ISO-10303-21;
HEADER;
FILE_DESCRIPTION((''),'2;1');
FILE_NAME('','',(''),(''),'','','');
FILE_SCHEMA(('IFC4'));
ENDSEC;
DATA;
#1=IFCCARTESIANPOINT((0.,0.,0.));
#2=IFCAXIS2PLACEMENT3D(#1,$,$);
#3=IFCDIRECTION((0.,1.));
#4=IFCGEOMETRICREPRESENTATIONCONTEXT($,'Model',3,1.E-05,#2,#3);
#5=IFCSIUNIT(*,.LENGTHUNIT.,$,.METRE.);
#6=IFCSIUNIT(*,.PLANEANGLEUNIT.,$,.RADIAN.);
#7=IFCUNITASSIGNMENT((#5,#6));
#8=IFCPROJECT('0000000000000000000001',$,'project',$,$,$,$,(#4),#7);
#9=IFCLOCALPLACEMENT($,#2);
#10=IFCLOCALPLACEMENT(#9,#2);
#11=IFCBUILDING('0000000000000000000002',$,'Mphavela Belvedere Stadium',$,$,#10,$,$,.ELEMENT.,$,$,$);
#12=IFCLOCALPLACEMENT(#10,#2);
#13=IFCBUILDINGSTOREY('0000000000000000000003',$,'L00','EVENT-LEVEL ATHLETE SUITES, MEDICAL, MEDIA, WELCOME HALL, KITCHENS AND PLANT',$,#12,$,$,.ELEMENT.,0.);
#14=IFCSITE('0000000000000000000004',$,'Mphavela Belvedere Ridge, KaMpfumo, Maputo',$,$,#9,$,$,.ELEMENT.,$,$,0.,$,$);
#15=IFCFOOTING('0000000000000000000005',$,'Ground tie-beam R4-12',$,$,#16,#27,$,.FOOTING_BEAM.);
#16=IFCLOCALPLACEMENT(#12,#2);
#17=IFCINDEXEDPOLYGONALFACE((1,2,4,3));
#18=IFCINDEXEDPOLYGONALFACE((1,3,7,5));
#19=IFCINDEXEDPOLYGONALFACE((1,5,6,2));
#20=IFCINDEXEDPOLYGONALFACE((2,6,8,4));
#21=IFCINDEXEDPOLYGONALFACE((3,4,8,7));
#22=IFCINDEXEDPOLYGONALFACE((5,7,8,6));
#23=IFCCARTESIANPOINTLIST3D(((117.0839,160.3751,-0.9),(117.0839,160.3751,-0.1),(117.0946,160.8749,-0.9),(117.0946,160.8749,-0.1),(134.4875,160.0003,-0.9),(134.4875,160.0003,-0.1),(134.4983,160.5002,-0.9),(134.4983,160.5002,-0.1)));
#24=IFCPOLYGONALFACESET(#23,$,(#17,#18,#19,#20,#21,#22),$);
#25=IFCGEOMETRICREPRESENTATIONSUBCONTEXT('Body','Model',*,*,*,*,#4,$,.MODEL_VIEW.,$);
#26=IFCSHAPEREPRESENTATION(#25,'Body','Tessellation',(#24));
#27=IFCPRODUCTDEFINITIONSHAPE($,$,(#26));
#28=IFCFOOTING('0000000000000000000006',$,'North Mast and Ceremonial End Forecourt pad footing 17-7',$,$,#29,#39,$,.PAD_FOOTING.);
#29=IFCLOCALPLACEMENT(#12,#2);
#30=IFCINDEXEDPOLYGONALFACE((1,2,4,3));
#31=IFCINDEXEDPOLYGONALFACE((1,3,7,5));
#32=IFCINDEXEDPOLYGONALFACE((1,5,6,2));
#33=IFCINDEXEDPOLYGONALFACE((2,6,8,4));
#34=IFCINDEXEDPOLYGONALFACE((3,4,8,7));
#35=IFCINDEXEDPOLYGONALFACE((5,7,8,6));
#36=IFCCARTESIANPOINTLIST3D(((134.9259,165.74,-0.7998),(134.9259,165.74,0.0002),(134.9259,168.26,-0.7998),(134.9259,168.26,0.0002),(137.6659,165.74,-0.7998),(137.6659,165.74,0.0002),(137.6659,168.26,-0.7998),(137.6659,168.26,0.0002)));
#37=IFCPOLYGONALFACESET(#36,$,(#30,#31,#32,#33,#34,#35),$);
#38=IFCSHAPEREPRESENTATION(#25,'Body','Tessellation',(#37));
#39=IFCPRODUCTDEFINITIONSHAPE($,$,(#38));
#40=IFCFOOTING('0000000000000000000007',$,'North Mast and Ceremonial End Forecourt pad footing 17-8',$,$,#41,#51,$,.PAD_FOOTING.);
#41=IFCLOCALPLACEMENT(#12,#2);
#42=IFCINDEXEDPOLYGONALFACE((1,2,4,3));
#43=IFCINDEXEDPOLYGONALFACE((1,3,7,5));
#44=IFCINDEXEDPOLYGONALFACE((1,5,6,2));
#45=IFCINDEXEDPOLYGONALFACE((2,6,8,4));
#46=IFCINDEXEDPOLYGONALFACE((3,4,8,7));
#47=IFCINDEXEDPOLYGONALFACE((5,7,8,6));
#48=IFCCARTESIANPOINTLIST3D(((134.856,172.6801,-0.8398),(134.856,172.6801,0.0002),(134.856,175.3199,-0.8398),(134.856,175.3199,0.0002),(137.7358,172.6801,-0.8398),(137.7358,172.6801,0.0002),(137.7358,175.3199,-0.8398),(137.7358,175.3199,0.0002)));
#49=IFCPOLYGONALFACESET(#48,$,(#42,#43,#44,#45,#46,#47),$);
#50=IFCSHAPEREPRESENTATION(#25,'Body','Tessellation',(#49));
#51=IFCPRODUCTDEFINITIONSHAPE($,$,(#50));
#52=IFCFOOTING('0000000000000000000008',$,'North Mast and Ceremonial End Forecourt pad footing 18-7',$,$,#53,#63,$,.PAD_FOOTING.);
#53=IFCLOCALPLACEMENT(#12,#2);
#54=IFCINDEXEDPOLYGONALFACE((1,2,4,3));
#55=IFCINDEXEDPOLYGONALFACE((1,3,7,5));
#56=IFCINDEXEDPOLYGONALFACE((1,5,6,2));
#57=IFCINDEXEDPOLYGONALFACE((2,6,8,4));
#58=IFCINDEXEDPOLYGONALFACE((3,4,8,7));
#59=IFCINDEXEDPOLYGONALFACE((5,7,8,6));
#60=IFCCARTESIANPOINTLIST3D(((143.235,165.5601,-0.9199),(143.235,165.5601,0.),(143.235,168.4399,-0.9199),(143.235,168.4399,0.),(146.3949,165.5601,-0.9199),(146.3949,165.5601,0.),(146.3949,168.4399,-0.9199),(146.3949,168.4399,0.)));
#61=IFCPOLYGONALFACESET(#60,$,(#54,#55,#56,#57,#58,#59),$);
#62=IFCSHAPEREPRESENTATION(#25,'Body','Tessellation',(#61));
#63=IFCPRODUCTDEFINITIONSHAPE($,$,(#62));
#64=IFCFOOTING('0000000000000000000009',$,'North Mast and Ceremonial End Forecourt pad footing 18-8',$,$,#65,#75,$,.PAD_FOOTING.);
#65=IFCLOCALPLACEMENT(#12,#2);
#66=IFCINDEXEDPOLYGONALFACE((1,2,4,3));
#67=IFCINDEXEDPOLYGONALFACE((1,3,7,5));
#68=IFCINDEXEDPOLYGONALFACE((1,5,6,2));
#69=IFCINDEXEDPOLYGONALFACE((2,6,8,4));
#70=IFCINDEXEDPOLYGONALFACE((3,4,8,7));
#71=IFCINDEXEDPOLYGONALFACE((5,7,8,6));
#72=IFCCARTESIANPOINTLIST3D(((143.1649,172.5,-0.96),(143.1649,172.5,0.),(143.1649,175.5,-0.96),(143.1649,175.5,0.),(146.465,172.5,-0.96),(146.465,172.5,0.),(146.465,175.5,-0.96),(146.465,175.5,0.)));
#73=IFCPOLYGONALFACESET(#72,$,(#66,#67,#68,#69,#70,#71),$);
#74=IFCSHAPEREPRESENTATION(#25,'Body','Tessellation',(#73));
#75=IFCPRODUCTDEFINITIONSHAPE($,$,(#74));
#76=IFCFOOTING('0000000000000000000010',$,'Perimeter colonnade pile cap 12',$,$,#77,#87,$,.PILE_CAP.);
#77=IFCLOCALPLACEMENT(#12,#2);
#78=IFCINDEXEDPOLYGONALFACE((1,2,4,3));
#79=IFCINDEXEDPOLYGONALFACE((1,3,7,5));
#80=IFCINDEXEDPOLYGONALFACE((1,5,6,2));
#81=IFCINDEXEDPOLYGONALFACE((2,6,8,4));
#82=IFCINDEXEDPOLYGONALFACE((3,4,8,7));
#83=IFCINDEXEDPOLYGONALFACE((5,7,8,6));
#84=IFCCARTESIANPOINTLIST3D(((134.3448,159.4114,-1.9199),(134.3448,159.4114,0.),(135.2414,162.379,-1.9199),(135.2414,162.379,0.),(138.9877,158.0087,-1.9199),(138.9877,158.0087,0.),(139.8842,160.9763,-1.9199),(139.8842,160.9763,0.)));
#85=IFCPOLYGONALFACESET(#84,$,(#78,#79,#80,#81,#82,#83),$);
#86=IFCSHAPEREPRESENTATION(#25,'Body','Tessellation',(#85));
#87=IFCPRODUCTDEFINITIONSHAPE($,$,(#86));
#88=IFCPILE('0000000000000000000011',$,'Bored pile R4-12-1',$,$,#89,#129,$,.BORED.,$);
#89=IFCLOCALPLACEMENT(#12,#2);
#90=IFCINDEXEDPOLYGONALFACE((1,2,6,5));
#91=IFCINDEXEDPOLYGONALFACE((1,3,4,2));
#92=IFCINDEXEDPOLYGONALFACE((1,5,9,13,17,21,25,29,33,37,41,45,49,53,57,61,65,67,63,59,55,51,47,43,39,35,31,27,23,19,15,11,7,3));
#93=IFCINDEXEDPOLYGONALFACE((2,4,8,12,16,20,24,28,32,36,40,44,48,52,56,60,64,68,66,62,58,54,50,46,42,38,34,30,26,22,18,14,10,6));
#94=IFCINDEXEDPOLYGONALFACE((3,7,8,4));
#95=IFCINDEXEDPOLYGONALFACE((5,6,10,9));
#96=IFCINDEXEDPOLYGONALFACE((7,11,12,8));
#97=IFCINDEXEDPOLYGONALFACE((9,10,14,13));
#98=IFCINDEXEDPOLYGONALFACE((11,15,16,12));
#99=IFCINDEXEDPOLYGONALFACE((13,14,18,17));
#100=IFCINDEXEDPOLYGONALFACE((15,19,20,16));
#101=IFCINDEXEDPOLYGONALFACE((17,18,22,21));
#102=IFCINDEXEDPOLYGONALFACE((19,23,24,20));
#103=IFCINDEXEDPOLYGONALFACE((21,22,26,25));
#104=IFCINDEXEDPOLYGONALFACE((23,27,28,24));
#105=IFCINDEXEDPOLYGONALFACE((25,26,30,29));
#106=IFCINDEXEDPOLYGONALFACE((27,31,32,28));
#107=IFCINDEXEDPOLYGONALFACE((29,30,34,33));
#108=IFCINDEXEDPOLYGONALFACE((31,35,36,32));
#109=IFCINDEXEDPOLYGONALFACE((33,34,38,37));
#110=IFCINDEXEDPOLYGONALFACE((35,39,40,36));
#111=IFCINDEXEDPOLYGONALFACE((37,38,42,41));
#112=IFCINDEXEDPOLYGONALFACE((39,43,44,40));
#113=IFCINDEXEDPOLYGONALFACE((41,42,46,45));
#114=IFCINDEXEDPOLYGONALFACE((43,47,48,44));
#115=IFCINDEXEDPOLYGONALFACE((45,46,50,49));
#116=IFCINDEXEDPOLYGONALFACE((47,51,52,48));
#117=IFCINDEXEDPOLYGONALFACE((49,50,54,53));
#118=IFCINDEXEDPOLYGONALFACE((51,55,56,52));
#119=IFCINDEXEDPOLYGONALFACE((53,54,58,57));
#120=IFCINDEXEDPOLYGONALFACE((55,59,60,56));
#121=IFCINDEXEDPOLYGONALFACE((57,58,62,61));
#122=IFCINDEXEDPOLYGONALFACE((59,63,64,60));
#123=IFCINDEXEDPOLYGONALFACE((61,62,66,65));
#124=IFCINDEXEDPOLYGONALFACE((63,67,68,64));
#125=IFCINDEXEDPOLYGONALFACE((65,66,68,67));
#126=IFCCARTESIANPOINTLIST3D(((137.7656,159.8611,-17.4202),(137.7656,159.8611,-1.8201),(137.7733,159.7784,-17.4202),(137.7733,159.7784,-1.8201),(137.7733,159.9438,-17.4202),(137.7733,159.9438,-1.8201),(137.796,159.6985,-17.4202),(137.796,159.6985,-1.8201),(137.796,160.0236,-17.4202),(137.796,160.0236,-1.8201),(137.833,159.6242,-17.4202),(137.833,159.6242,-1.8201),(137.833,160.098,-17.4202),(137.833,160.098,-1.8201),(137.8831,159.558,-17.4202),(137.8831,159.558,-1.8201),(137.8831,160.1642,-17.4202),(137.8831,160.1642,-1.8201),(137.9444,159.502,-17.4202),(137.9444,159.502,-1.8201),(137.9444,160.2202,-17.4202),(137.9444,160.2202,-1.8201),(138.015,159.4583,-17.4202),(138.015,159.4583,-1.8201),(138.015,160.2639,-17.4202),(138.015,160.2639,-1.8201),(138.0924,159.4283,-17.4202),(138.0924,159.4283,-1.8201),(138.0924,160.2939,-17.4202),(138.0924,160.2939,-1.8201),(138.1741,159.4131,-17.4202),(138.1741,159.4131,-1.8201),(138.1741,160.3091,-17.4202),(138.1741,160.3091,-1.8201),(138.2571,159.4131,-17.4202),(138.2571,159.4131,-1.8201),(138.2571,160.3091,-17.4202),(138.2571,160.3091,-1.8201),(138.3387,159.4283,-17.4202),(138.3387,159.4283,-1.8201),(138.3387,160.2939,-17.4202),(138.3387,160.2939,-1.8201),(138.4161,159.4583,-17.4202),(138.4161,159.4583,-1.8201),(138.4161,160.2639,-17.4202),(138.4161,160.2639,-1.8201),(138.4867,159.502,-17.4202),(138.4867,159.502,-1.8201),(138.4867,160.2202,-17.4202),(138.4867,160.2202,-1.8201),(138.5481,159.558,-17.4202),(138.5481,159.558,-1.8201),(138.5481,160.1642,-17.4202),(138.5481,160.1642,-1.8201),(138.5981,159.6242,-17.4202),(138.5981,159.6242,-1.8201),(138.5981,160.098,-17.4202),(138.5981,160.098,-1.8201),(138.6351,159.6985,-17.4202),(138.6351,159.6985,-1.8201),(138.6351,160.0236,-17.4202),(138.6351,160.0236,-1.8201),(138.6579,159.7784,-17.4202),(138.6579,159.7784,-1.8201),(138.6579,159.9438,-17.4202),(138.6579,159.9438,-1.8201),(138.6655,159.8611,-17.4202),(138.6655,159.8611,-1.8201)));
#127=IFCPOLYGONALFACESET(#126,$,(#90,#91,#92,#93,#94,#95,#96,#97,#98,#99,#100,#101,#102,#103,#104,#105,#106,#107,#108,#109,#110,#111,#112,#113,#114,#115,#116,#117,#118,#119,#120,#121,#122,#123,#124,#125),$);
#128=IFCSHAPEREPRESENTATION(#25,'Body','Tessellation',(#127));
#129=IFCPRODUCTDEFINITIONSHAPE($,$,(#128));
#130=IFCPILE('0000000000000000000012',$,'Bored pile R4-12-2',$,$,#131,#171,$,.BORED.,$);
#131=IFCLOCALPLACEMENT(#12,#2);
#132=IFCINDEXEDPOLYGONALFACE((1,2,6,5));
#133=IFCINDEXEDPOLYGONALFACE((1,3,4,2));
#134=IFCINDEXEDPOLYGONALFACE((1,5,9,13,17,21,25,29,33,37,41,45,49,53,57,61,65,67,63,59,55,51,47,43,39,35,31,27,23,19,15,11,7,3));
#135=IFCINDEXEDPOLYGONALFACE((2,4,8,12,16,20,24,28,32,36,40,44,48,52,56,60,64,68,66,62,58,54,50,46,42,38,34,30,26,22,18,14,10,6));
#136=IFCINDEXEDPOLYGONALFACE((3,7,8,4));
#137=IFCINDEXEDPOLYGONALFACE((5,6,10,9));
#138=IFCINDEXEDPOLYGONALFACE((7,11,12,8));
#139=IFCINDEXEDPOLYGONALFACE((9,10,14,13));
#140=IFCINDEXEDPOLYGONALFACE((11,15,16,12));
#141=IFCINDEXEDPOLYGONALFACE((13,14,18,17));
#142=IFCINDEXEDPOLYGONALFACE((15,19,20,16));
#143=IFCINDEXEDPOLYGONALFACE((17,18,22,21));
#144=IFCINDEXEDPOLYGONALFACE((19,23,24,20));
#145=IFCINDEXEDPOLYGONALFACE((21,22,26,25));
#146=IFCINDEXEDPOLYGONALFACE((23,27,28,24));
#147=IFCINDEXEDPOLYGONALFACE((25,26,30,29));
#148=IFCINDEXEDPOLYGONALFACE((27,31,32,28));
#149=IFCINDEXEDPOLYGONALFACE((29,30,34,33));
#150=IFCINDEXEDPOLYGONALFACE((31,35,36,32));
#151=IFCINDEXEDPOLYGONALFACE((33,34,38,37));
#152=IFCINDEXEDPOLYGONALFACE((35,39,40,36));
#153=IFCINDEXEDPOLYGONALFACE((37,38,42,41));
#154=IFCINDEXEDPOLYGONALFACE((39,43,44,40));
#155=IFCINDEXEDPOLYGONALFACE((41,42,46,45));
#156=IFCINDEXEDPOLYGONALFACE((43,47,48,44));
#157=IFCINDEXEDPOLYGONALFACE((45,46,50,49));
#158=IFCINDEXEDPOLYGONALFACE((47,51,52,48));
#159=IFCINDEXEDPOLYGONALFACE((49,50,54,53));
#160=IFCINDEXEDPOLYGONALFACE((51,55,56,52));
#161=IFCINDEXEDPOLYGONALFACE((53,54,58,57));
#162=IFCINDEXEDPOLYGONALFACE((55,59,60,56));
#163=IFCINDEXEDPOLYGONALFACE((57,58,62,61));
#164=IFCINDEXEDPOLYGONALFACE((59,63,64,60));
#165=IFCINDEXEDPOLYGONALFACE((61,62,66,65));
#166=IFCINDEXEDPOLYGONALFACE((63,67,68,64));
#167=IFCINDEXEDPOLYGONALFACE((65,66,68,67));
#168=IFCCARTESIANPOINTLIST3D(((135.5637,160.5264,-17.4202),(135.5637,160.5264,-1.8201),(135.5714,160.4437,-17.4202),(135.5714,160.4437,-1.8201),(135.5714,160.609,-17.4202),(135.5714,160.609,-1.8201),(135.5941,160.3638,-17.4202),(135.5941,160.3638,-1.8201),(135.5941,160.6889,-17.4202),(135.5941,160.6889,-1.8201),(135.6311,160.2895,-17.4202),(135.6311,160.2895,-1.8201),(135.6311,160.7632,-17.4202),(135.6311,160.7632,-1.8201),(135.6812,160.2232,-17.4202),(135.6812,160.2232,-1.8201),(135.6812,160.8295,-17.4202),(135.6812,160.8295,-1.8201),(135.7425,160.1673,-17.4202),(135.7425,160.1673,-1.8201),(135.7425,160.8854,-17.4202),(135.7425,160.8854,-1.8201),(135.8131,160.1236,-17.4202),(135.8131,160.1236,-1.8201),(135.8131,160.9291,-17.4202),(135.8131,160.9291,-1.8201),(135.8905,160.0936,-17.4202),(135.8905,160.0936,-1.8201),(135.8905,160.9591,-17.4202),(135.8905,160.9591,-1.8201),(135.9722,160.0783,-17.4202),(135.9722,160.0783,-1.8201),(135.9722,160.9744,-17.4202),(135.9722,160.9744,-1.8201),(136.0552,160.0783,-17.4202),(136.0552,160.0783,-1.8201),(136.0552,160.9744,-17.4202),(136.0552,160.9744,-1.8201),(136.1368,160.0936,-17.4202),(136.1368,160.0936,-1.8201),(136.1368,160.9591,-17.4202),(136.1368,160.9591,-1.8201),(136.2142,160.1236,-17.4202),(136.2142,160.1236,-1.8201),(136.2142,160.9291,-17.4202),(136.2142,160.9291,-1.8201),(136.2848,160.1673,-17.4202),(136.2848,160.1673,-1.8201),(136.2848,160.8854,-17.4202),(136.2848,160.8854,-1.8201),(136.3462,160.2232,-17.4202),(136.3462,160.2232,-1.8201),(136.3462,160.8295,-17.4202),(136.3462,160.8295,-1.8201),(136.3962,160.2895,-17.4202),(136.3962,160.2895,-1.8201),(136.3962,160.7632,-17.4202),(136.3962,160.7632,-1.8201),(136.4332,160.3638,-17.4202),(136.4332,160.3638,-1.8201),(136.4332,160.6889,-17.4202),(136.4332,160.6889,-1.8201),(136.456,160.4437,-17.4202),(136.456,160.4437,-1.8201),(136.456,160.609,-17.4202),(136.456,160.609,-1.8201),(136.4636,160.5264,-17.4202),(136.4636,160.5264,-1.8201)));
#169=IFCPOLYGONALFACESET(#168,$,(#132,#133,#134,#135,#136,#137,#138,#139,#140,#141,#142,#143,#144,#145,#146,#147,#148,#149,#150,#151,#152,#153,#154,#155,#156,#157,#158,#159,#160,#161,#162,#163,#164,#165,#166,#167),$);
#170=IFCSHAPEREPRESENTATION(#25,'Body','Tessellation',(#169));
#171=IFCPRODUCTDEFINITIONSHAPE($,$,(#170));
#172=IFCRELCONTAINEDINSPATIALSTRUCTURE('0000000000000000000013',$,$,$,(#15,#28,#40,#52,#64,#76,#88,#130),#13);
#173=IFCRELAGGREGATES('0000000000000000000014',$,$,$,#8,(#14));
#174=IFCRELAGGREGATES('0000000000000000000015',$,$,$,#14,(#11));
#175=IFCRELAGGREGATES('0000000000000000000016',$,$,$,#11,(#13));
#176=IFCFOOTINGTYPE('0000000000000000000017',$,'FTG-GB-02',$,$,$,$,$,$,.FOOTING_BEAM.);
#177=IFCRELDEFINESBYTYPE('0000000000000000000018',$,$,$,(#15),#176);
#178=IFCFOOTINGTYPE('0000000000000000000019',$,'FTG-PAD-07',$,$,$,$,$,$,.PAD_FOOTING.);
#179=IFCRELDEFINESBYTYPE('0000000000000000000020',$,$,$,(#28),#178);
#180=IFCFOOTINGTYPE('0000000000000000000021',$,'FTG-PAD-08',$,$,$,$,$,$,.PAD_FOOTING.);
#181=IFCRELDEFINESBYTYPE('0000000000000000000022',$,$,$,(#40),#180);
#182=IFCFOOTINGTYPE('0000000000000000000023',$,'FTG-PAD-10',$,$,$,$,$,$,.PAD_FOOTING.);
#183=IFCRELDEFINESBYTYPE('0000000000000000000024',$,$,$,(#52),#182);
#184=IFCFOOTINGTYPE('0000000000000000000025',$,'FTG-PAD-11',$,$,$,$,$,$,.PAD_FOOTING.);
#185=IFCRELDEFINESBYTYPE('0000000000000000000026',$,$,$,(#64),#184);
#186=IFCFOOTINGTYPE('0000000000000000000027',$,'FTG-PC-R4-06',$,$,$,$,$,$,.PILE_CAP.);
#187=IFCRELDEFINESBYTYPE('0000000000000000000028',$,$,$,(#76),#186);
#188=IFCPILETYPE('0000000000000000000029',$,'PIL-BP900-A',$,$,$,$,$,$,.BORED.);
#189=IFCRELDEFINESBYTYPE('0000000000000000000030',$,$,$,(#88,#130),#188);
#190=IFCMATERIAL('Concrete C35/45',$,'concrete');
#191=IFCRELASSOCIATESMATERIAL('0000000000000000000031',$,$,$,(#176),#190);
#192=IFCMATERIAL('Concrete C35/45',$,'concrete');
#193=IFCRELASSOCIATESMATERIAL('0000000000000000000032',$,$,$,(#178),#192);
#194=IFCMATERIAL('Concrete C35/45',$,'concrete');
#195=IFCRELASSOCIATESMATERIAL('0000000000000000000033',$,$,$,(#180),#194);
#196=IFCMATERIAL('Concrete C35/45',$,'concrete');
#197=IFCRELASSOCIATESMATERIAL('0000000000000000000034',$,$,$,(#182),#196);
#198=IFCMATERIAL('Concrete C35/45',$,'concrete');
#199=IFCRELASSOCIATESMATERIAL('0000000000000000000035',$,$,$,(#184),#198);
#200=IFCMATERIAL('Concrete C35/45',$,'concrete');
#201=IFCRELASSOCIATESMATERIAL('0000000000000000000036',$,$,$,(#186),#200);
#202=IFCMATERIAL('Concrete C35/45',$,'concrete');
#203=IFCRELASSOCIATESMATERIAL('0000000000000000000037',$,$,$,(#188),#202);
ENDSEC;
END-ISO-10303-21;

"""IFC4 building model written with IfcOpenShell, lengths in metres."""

from ifc_helpers import new_model, si_unit, direction, frame, origin, origin_2d, place, context, subcontext, project, spatial, rectangle, circle, extrude, material, material_profile, profile_set, type_object, element, save


model = new_model("IFC4")

# Units and contexts
model_context = context("Model", 3, precision=1e-05, world=origin(), true_north=direction((0.0, 1.0)))
body_context = subcontext(model_context, "Body", "Model", "MODEL_VIEW")
ifc_project = project(units=[si_unit("LENGTHUNIT", "METRE"), si_unit("PLANEANGLEUNIT", "RADIAN")], contexts=[model_context])

# Site, building, storey
site_placement = place(None, origin())
site = spatial("IfcSite", under=ifc_project, at=site_placement, Name="Mphavela Belvedere Ridge, KaMpfumo, Maputo", CompositionType="ELEMENT", RefElevation=0.0)
building_placement = place(site_placement, origin())
building = spatial("IfcBuilding", under=site, at=building_placement, Name="Mphavela Belvedere Stadium", CompositionType="ELEMENT")
storey_placement = place(building_placement, origin())
storey = spatial("IfcBuildingStorey", under=building, at=storey_placement, Name="L00", Description="EVENT-LEVEL ATHLETE SUITES, MEDICAL, MEDIA, WELCOME HALL, KITCHENS AND PLANT", CompositionType="ELEMENT", Elevation=0.0)

# Footings
ifc_material_1 = material(Name="Concrete C35/45", Category="concrete")
ifc_material_profile_1 = material_profile(ifc_material_1, rectangle(XDim=0.5, YDim=0.8, at=origin_2d()), Name="GB 500x800")
ifc_profile_set_1 = profile_set([ifc_material_profile_1], Name="Concrete C35/45")
footing_type_1 = type_object("IfcFootingType", Name="FTG-GB-02", PredefinedType="FOOTING_BEAM", material=ifc_profile_set_1)
footing_1_placement = place(storey_placement, frame((134.4929, 160.2502, -0.5), z_axis=(-0.999768, 0.021528, 0.0), x_axis=(-0.021528, -0.999768, 0.0)))
element("IfcFooting", 1, at=footing_1_placement, inside=storey, type_object=footing_type_1, Name="Ground tie-beam R4-12", PredefinedType="FOOTING_BEAM", context=body_context, shape_type="SweptSolid", body=[
    extrude(rectangle(XDim=0.5, YDim=0.8, at=origin_2d()), origin(), (0.0, 0.0, 1.0), 17.4077),
])
ifc_material_2 = material(Name="Concrete C35/45", Category="concrete")
footing_type_2 = type_object("IfcFootingType", Name="FTG-PAD-07", PredefinedType="PAD_FOOTING", material=ifc_material_2)
footing_2_placement = place(storey_placement, frame((136.2959, 167.0, -0.7998), z_axis=(0.0, 0.0, 1.0), x_axis=(1.0, 0.0, 0.0)))
element("IfcFooting", 2, at=footing_2_placement, inside=storey, type_object=footing_type_2, Name="North Mast and Ceremonial End Forecourt pad footing 17-7", PredefinedType="PAD_FOOTING", context=body_context, shape_type="SweptSolid", body=[
    extrude(rectangle(XDim=2.74, YDim=2.52, at=origin_2d()), origin(), (0.0, 0.0, 1.0), 0.8),
])
ifc_material_3 = material(Name="Concrete C35/45", Category="concrete")
footing_type_3 = type_object("IfcFootingType", Name="FTG-PAD-08", PredefinedType="PAD_FOOTING", material=ifc_material_3)
footing_3_placement = place(storey_placement, frame((136.2959, 174.0, -0.8398), z_axis=(0.0, 0.0, 1.0), x_axis=(1.0, 0.0, 0.0)))
element("IfcFooting", 3, at=footing_3_placement, inside=storey, type_object=footing_type_3, Name="North Mast and Ceremonial End Forecourt pad footing 17-8", PredefinedType="PAD_FOOTING", context=body_context, shape_type="SweptSolid", body=[
    extrude(rectangle(XDim=2.8799, YDim=2.6399, at=origin_2d()), origin(), (0.0, 0.0, 1.0), 0.8401),
])
ifc_material_4 = material(Name="Concrete C35/45", Category="concrete")
footing_type_4 = type_object("IfcFootingType", Name="FTG-PAD-10", PredefinedType="PAD_FOOTING", material=ifc_material_4)
footing_4_placement = place(storey_placement, frame((144.8149, 167.0, -0.9199), z_axis=(0.0, 0.0, 1.0), x_axis=(1.0, 0.0, 0.0)))
element("IfcFooting", 4, at=footing_4_placement, inside=storey, type_object=footing_type_4, Name="North Mast and Ceremonial End Forecourt pad footing 18-7", PredefinedType="PAD_FOOTING", context=body_context, shape_type="SweptSolid", body=[
    extrude(rectangle(XDim=3.1599, YDim=2.8799, at=origin_2d()), origin(), (0.0, 0.0, 1.0), 0.9199),
])
ifc_material_5 = material(Name="Concrete C35/45", Category="concrete")
footing_type_5 = type_object("IfcFootingType", Name="FTG-PAD-11", PredefinedType="PAD_FOOTING", material=ifc_material_5)
footing_5_placement = place(storey_placement, frame((144.8149, 174.0, -0.96), z_axis=(0.0, 0.0, 1.0), x_axis=(1.0, 0.0, 0.0)))
element("IfcFooting", 5, at=footing_5_placement, inside=storey, type_object=footing_type_5, Name="North Mast and Ceremonial End Forecourt pad footing 18-8", PredefinedType="PAD_FOOTING", context=body_context, shape_type="SweptSolid", body=[
    extrude(rectangle(XDim=3.3, YDim=3.0, at=origin_2d()), origin(), (0.0, 0.0, 1.0), 0.96),
])
ifc_material_6 = material(Name="Concrete C35/45", Category="concrete")
footing_type_6 = type_object("IfcFootingType", Name="FTG-PC-R4-06", PredefinedType="PILE_CAP", material=ifc_material_6)
footing_6_placement = place(storey_placement, frame((137.1145, 160.1938, -1.9199), z_axis=(0.0, 0.0, 1.0), x_axis=(-0.957269, 0.289199, 0.0)))
element("IfcFooting", 6, at=footing_6_placement, inside=storey, type_object=footing_type_6, Name="Perimeter colonnade pile cap 12", PredefinedType="PILE_CAP", context=body_context, shape_type="SweptSolid", body=[
    extrude(rectangle(XDim=4.8501, YDim=3.1001, at=origin_2d()), origin(), (0.0, 0.0, 1.0), 1.9199),
])

# Piles
ifc_material_7 = material(Name="Concrete C35/45", Category="concrete")
ifc_material_profile_2 = material_profile(ifc_material_7, circle(Radius=0.45, at=origin_2d()), Name="BP D900")
ifc_profile_set_2 = profile_set([ifc_material_profile_2], Name="Concrete C35/45")
pile_type = type_object("IfcPileType", Name="PIL-BP900-A", PredefinedType="BORED", material=ifc_profile_set_2)
for number, where, z_axis, x_axis, name in (
    (7, (138.2156, 159.8611, -1.8201), (0.0, 0.0, -1.0), (1.0, 0.0, 0.0), "Bored pile R4-12-1"),
    (8, (136.0137, 160.5264, -1.8201), (0.0, 0.0, -1.0), (1.0, 0.0, 0.0), "Bored pile R4-12-2"),
):
    element("IfcPile", number, at=place(storey_placement, frame(where, z_axis=z_axis, x_axis=x_axis)), inside=storey, type_object=pile_type, Name=name, PredefinedType="BORED", context=body_context, shape_type="SweptSolid", body=[
        extrude(circle(Radius=0.45, at=origin_2d()), origin(), (0.0, 0.0, 1.0), 15.6001),
    ])

save(model, "model.ifc")
